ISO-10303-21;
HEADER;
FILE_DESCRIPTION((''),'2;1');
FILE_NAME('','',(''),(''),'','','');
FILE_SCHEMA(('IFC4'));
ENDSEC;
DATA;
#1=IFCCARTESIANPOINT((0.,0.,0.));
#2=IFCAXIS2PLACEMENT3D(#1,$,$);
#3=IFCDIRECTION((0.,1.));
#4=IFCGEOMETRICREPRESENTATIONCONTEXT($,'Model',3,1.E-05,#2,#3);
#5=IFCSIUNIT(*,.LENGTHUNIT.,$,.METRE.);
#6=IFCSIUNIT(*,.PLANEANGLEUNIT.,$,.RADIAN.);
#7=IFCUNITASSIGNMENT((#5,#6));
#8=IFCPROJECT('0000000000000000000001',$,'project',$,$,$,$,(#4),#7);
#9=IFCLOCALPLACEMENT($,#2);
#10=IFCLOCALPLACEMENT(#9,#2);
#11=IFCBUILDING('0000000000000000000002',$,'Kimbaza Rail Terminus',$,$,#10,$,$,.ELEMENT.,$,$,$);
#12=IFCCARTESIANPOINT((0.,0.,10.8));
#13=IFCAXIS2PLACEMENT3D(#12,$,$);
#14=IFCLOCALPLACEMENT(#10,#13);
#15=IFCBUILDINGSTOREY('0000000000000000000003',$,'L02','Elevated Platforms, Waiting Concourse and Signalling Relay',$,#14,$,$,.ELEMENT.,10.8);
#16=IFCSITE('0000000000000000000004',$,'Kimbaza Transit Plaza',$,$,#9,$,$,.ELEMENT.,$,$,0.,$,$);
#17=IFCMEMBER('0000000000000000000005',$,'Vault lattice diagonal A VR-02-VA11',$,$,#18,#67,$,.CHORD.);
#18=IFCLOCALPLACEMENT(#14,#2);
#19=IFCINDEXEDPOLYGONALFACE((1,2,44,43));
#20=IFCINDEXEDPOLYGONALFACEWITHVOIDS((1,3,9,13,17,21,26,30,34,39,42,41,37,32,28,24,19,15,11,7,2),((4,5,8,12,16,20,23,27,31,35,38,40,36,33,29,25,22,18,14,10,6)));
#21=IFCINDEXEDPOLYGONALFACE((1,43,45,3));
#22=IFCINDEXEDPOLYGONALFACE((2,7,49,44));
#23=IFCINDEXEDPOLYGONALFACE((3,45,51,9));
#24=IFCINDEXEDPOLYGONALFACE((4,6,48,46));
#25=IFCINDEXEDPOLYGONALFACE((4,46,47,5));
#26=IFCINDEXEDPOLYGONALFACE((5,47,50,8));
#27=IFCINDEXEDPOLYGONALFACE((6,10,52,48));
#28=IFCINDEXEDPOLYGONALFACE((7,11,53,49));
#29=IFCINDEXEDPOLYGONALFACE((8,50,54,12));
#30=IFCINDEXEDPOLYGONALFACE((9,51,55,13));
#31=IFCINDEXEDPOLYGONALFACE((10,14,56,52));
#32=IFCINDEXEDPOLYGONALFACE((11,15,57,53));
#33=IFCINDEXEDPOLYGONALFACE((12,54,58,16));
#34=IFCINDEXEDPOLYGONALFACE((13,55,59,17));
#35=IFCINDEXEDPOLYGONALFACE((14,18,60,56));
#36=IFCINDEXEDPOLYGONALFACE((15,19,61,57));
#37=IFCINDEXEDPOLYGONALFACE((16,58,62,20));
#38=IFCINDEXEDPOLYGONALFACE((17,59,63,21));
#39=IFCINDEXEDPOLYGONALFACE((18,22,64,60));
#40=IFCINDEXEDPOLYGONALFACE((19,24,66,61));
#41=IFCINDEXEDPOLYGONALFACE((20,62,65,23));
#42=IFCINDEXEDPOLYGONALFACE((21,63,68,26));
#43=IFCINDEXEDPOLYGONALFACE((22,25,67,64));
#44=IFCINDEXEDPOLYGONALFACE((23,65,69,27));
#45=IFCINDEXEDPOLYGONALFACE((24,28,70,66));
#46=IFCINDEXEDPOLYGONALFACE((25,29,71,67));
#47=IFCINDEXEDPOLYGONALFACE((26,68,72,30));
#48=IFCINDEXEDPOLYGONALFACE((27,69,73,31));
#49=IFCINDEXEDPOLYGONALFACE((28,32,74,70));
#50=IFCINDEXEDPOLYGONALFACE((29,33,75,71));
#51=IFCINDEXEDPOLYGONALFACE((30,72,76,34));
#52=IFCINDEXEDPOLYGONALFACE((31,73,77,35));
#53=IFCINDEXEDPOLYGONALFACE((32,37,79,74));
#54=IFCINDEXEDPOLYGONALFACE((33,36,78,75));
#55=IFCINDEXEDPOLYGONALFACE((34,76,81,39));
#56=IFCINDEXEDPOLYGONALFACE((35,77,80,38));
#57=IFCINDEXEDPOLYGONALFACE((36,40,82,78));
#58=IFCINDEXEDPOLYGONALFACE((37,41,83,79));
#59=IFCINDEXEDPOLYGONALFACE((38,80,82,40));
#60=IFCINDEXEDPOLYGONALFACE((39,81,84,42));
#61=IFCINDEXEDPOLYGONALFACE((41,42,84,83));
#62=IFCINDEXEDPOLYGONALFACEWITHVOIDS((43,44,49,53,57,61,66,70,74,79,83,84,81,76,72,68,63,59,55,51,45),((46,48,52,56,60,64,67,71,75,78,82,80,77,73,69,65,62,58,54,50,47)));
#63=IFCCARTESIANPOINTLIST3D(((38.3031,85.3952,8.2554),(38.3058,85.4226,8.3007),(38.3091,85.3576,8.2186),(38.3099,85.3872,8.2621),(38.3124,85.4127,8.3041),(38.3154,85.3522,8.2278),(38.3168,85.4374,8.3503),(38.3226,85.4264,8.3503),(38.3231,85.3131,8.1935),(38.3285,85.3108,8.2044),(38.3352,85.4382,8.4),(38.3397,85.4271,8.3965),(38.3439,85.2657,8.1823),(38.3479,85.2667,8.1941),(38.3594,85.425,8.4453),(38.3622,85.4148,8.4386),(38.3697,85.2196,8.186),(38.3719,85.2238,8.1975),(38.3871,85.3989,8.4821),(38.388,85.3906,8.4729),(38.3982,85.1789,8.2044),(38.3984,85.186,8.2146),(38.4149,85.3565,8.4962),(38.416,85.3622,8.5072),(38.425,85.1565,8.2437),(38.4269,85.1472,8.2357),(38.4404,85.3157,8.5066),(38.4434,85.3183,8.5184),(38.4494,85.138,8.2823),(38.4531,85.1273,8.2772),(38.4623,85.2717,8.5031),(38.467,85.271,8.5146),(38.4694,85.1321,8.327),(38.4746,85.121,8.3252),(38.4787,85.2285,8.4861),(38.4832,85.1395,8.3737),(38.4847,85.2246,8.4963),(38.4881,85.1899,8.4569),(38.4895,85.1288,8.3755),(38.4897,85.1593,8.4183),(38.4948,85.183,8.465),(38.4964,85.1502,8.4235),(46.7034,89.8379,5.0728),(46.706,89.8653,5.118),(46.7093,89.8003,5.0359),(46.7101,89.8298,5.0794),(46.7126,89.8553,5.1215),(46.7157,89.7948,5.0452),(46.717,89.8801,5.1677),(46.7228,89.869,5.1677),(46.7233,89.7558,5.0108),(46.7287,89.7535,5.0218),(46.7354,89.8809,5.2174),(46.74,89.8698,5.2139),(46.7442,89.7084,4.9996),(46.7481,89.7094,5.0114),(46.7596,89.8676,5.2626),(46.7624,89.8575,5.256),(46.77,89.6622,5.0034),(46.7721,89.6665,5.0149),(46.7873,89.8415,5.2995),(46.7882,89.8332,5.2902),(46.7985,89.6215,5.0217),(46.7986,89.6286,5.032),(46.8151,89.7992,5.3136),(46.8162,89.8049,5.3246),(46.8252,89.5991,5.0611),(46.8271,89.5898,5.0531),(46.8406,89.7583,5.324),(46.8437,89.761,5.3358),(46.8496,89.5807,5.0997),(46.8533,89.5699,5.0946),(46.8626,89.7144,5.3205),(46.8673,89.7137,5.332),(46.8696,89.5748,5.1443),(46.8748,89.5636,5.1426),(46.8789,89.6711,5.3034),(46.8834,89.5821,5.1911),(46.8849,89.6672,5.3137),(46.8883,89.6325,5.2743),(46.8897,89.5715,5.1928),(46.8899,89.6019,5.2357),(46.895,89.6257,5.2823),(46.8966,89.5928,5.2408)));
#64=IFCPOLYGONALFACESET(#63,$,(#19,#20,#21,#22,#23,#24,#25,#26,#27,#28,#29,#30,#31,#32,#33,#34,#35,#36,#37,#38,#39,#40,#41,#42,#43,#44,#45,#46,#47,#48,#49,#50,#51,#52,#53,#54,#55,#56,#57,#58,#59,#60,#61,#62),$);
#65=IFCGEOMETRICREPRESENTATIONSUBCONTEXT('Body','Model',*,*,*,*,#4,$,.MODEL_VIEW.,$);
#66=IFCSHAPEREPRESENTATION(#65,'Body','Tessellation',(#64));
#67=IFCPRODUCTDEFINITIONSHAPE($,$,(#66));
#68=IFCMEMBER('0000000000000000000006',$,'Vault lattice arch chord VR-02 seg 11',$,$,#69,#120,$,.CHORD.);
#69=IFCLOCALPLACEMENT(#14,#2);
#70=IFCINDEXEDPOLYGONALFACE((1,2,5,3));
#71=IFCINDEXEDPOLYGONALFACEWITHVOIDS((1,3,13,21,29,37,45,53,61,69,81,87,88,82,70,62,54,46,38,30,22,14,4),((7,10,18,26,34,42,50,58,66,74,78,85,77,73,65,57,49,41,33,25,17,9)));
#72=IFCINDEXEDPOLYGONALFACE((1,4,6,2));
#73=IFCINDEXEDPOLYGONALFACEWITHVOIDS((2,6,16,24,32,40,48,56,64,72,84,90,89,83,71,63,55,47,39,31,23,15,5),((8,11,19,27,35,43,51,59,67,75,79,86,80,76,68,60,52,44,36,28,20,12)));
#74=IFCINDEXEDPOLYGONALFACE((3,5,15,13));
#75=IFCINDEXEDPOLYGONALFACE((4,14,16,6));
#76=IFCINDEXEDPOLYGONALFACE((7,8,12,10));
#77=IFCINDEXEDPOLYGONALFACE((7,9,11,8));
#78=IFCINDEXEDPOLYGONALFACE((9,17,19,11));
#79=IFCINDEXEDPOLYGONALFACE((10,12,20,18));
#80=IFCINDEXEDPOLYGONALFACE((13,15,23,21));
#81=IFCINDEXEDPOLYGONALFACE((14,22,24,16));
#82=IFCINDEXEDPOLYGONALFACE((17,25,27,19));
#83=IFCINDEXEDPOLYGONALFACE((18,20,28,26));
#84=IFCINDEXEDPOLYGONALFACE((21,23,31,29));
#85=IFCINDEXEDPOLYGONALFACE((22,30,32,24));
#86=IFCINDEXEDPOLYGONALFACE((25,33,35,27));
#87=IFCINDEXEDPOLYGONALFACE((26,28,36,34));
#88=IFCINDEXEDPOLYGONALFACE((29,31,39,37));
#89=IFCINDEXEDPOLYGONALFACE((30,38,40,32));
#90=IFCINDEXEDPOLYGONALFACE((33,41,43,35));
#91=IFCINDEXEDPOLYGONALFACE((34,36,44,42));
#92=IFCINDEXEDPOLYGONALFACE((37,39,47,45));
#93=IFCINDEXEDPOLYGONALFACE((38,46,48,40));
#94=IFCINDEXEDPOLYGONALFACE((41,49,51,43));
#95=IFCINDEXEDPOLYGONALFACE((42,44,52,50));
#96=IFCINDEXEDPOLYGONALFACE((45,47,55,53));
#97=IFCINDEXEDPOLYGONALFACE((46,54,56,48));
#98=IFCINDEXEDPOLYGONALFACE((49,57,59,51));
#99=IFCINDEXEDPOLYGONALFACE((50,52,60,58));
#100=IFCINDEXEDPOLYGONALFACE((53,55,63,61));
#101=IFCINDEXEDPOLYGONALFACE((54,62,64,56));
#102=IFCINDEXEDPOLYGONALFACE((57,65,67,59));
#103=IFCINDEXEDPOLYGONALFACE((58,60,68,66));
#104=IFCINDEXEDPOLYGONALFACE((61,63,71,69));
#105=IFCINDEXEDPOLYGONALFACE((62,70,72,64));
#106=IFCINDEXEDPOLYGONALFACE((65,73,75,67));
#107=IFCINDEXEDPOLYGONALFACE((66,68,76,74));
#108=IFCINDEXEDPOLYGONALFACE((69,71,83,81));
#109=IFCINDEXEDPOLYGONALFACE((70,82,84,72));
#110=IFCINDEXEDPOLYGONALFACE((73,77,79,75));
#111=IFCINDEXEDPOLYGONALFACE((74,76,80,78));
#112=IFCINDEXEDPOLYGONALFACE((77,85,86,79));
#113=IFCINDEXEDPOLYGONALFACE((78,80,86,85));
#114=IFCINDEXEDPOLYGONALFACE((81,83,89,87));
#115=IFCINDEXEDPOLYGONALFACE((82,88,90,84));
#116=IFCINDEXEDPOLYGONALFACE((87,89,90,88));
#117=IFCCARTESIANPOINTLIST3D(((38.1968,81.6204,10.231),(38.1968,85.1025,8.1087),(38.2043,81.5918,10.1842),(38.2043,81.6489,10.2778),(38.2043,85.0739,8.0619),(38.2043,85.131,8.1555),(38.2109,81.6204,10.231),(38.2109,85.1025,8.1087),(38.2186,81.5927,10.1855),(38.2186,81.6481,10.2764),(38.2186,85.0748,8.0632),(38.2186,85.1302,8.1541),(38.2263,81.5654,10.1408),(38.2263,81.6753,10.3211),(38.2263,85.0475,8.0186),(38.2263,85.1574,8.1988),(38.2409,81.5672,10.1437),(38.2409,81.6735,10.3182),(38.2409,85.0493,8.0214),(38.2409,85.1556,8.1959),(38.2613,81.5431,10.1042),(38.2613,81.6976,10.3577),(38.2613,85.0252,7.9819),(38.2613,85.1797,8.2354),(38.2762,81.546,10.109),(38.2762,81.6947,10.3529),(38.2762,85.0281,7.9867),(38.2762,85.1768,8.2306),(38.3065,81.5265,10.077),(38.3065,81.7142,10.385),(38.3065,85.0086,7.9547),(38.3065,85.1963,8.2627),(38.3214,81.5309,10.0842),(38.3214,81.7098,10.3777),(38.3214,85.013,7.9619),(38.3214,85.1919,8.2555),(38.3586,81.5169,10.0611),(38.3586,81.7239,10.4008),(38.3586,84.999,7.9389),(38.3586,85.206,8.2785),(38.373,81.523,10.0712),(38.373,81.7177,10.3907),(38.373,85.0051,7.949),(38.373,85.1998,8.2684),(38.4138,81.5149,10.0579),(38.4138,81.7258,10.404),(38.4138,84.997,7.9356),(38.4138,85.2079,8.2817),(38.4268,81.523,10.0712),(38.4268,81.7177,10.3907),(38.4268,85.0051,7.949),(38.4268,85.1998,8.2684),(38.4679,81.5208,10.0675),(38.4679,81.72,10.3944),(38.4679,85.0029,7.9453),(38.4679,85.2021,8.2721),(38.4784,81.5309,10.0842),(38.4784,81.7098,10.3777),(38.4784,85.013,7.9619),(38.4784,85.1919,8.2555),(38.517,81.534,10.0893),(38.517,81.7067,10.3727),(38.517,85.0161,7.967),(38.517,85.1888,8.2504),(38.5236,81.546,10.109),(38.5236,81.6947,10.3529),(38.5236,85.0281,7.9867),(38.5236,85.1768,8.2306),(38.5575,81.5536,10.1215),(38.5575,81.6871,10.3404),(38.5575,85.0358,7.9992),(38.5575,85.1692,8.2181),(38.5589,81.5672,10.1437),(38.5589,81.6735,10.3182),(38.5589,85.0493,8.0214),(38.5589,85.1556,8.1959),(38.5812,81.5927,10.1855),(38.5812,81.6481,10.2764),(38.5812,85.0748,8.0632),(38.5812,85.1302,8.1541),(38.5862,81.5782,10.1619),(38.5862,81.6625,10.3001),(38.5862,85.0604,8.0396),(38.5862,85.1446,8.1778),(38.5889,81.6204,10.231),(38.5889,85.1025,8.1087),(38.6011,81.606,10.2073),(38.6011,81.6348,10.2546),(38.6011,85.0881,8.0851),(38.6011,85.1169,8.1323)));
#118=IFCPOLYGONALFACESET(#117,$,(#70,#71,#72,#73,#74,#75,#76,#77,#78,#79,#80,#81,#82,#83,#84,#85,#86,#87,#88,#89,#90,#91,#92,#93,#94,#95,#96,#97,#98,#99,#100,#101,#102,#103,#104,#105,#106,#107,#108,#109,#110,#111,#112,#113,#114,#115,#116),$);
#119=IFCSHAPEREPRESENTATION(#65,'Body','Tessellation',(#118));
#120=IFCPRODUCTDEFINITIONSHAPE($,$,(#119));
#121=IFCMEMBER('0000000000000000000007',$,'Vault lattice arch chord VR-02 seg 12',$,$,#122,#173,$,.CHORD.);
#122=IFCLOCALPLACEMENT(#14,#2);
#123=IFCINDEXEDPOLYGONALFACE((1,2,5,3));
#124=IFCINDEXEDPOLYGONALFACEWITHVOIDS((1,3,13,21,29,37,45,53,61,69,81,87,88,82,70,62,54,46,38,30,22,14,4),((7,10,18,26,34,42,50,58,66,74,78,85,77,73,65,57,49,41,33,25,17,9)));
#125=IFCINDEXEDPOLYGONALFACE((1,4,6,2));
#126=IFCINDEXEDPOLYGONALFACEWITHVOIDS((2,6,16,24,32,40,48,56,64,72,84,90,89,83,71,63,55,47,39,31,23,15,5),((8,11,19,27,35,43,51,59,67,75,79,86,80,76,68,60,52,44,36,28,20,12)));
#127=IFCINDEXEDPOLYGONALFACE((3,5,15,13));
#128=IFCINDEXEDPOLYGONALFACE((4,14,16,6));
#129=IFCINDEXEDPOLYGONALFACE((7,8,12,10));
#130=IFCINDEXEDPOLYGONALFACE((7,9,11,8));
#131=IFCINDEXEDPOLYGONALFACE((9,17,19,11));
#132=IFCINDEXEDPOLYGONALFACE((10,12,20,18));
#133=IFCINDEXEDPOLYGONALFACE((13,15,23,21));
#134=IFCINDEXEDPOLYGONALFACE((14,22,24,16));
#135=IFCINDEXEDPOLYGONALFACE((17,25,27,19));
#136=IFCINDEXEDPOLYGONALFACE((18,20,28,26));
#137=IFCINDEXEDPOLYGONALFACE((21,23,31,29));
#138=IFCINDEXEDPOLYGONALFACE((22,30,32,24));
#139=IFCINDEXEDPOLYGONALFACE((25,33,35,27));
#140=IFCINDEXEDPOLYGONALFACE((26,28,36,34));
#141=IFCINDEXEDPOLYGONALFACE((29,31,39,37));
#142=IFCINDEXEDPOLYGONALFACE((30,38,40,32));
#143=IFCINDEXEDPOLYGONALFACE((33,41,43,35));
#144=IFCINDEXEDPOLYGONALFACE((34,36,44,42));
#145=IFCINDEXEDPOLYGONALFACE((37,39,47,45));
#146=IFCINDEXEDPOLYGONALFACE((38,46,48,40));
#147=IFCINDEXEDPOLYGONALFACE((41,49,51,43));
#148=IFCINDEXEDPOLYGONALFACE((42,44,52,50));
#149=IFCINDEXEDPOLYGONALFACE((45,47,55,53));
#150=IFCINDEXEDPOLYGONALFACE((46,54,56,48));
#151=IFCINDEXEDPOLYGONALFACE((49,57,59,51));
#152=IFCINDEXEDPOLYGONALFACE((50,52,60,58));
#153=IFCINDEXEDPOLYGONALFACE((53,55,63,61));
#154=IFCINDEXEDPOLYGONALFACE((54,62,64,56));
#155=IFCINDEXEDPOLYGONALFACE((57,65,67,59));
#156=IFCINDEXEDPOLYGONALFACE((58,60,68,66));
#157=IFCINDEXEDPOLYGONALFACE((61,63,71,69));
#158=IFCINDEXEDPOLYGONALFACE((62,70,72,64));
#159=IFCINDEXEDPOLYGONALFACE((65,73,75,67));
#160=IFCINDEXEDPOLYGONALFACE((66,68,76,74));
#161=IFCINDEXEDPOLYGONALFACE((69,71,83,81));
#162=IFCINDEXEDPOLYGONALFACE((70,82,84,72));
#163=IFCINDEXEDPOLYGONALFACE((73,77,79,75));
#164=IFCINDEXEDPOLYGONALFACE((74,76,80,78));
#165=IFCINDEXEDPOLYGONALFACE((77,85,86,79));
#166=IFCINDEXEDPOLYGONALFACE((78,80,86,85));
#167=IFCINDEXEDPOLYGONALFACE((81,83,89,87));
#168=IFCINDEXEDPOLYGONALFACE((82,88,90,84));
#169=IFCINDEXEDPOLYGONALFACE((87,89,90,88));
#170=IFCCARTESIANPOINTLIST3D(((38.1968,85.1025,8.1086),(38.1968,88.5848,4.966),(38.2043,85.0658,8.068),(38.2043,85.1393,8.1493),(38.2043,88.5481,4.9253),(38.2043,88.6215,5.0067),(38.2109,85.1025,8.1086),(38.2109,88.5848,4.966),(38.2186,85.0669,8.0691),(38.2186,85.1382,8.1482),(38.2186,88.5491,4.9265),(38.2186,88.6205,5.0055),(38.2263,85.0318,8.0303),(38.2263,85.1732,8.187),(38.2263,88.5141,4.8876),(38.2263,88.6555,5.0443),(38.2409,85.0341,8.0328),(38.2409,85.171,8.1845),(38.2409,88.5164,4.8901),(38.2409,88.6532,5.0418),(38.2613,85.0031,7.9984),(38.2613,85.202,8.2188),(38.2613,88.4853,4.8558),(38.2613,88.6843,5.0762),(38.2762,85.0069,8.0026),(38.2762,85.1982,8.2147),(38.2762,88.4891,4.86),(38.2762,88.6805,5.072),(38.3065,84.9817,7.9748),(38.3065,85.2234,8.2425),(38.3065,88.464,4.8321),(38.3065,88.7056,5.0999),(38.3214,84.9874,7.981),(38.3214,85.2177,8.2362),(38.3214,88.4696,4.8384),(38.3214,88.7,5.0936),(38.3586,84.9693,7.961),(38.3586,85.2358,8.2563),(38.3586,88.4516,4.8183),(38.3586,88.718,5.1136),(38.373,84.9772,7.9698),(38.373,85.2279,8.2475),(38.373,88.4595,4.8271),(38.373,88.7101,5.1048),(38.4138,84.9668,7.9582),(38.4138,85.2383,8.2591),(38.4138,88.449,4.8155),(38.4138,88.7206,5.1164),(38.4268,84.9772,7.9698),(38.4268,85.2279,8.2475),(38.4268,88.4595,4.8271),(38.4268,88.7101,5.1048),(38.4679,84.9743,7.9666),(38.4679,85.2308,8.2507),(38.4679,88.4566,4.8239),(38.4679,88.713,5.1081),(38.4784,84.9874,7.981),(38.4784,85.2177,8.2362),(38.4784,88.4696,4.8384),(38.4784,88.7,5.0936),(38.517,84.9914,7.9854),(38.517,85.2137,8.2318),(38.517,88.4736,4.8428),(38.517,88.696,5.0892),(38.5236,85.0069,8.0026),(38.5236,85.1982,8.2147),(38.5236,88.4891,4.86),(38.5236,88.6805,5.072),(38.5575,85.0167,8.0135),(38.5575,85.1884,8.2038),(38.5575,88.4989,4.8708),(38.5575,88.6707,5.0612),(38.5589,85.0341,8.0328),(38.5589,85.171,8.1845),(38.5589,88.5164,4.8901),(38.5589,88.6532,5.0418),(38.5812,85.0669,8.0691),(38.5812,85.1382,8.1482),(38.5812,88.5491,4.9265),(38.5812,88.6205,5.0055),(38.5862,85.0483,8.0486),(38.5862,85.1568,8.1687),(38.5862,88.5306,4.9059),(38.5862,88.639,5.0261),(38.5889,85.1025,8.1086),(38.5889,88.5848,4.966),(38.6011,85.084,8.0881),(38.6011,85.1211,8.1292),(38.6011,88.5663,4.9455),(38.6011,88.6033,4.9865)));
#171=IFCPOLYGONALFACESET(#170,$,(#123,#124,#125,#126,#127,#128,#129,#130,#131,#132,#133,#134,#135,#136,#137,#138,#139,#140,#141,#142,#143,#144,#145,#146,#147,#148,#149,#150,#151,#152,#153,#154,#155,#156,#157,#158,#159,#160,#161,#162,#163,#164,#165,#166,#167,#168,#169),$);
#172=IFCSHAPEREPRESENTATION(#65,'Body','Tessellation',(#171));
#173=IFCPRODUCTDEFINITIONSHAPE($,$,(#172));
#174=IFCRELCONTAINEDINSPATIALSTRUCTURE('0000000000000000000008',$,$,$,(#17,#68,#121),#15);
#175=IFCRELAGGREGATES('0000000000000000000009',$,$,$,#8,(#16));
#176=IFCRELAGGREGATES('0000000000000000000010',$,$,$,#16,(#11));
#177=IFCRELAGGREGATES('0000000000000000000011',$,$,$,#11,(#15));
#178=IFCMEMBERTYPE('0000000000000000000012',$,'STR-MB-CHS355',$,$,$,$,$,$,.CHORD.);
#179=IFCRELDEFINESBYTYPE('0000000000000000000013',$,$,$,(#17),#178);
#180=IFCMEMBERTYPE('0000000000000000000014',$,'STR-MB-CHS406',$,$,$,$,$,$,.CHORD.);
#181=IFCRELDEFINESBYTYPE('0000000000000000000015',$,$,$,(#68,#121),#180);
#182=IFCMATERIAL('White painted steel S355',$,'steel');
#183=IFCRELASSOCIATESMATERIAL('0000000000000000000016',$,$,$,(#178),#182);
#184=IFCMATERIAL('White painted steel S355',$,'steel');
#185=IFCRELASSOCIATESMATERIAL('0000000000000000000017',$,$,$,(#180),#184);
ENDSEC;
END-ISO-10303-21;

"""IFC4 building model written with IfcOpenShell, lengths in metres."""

from ifc_helpers import new_model, si_unit, direction, frame, origin, origin_2d, place, context, subcontext, project, spatial, hollow_circle, extrude, material, material_profile, profile_set, type_object, element, save


model = new_model("IFC4")

# Units and contexts
model_context = context("Model", 3, precision=1e-05, world=origin(), true_north=direction((0.0, 1.0)))
body_context = subcontext(model_context, "Body", "Model", "MODEL_VIEW")
ifc_project = project(units=[si_unit("LENGTHUNIT", "METRE"), si_unit("PLANEANGLEUNIT", "RADIAN")], contexts=[model_context])

# Site, building, storey
site_placement = place(None, origin())
site = spatial("IfcSite", under=ifc_project, at=site_placement, Name="Kimbaza Transit Plaza", CompositionType="ELEMENT", RefElevation=0.0)
building_placement = place(site_placement, origin())
building = spatial("IfcBuilding", under=site, at=building_placement, Name="Kimbaza Rail Terminus", CompositionType="ELEMENT")
storey_placement = place(building_placement, frame((0.0, 0.0, 10.8)))
storey = spatial("IfcBuildingStorey", under=building, at=storey_placement, Name="L02", Description="Elevated Platforms, Waiting Concourse and Signalling Relay", CompositionType="ELEMENT", Elevation=10.8)

# Members
ifc_material_1 = material(Name="White painted steel S355", Category="steel")
ifc_material_profile_1 = material_profile(ifc_material_1, hollow_circle(Radius=0.1777, WallThickness=0.0125, at=origin_2d()), Name="CHS 355.6x12.5")
ifc_profile_set_1 = profile_set([ifc_material_profile_1], Name="White painted steel S355")
member_type_1 = type_object("IfcMemberType", Name="STR-MB-CHS355", PredefinedType="CHORD", material=ifc_profile_set_1)
member_1_placement = place(storey_placement, frame((38.3999, 85.2803, 8.3503), z_axis=(0.838221, 0.443314, -0.317582), x_axis=(-0.467517, 0.883984, 0.0)))
element("IfcMember", 1, at=member_1_placement, inside=storey, type_object=member_type_1, Name="Vault lattice diagonal A VR-02-VA11", PredefinedType="CHORD", context=body_context, shape_type="SweptSolid", body=[
    extrude(hollow_circle(Radius=0.1777, WallThickness=0.0125, at=origin_2d()), origin(), (0.0, 0.0, 1.0), 10.0215),
])
ifc_material_2 = material(Name="White painted steel S355", Category="steel")
ifc_material_profile_2 = material_profile(ifc_material_2, hollow_circle(Radius=0.2031, WallThickness=0.0142, at=origin_2d()), Name="CHS 406.4x14.2")
ifc_profile_set_2 = profile_set([ifc_material_profile_2], Name="White painted steel S355")
member_type_2 = type_object("IfcMemberType", Name="STR-MB-CHS406", PredefinedType="CHORD", material=ifc_profile_set_2)
member_2_placement = place(storey_placement, frame((38.3999, 81.6204, 10.231), z_axis=(0.0, 0.853901, -0.520435), x_axis=(-1.0, 0.0, 0.0)))
element("IfcMember", 2, at=member_2_placement, inside=storey, type_object=member_type_2, Name="Vault lattice arch chord VR-02 seg 11", PredefinedType="CHORD", context=body_context, shape_type="SweptSolid", body=[
    extrude(hollow_circle(Radius=0.2031, WallThickness=0.0142, at=origin_2d()), origin(), (0.0, 0.0, 1.0), 4.0779),
])
member_3_placement = place(storey_placement, frame((38.3999, 85.1025, 8.1086), z_axis=(0.0, 0.74238, -0.669979), x_axis=(-1.0, 0.0, 0.0)))
element("IfcMember", 3, at=member_3_placement, inside=storey, type_object=member_type_2, Name="Vault lattice arch chord VR-02 seg 12", PredefinedType="CHORD", context=body_context, shape_type="SweptSolid", body=[
    extrude(hollow_circle(Radius=0.2031, WallThickness=0.0142, at=origin_2d()), origin(), (0.0, 0.0, 1.0), 4.6907),
])

save(model, "model.ifc")
